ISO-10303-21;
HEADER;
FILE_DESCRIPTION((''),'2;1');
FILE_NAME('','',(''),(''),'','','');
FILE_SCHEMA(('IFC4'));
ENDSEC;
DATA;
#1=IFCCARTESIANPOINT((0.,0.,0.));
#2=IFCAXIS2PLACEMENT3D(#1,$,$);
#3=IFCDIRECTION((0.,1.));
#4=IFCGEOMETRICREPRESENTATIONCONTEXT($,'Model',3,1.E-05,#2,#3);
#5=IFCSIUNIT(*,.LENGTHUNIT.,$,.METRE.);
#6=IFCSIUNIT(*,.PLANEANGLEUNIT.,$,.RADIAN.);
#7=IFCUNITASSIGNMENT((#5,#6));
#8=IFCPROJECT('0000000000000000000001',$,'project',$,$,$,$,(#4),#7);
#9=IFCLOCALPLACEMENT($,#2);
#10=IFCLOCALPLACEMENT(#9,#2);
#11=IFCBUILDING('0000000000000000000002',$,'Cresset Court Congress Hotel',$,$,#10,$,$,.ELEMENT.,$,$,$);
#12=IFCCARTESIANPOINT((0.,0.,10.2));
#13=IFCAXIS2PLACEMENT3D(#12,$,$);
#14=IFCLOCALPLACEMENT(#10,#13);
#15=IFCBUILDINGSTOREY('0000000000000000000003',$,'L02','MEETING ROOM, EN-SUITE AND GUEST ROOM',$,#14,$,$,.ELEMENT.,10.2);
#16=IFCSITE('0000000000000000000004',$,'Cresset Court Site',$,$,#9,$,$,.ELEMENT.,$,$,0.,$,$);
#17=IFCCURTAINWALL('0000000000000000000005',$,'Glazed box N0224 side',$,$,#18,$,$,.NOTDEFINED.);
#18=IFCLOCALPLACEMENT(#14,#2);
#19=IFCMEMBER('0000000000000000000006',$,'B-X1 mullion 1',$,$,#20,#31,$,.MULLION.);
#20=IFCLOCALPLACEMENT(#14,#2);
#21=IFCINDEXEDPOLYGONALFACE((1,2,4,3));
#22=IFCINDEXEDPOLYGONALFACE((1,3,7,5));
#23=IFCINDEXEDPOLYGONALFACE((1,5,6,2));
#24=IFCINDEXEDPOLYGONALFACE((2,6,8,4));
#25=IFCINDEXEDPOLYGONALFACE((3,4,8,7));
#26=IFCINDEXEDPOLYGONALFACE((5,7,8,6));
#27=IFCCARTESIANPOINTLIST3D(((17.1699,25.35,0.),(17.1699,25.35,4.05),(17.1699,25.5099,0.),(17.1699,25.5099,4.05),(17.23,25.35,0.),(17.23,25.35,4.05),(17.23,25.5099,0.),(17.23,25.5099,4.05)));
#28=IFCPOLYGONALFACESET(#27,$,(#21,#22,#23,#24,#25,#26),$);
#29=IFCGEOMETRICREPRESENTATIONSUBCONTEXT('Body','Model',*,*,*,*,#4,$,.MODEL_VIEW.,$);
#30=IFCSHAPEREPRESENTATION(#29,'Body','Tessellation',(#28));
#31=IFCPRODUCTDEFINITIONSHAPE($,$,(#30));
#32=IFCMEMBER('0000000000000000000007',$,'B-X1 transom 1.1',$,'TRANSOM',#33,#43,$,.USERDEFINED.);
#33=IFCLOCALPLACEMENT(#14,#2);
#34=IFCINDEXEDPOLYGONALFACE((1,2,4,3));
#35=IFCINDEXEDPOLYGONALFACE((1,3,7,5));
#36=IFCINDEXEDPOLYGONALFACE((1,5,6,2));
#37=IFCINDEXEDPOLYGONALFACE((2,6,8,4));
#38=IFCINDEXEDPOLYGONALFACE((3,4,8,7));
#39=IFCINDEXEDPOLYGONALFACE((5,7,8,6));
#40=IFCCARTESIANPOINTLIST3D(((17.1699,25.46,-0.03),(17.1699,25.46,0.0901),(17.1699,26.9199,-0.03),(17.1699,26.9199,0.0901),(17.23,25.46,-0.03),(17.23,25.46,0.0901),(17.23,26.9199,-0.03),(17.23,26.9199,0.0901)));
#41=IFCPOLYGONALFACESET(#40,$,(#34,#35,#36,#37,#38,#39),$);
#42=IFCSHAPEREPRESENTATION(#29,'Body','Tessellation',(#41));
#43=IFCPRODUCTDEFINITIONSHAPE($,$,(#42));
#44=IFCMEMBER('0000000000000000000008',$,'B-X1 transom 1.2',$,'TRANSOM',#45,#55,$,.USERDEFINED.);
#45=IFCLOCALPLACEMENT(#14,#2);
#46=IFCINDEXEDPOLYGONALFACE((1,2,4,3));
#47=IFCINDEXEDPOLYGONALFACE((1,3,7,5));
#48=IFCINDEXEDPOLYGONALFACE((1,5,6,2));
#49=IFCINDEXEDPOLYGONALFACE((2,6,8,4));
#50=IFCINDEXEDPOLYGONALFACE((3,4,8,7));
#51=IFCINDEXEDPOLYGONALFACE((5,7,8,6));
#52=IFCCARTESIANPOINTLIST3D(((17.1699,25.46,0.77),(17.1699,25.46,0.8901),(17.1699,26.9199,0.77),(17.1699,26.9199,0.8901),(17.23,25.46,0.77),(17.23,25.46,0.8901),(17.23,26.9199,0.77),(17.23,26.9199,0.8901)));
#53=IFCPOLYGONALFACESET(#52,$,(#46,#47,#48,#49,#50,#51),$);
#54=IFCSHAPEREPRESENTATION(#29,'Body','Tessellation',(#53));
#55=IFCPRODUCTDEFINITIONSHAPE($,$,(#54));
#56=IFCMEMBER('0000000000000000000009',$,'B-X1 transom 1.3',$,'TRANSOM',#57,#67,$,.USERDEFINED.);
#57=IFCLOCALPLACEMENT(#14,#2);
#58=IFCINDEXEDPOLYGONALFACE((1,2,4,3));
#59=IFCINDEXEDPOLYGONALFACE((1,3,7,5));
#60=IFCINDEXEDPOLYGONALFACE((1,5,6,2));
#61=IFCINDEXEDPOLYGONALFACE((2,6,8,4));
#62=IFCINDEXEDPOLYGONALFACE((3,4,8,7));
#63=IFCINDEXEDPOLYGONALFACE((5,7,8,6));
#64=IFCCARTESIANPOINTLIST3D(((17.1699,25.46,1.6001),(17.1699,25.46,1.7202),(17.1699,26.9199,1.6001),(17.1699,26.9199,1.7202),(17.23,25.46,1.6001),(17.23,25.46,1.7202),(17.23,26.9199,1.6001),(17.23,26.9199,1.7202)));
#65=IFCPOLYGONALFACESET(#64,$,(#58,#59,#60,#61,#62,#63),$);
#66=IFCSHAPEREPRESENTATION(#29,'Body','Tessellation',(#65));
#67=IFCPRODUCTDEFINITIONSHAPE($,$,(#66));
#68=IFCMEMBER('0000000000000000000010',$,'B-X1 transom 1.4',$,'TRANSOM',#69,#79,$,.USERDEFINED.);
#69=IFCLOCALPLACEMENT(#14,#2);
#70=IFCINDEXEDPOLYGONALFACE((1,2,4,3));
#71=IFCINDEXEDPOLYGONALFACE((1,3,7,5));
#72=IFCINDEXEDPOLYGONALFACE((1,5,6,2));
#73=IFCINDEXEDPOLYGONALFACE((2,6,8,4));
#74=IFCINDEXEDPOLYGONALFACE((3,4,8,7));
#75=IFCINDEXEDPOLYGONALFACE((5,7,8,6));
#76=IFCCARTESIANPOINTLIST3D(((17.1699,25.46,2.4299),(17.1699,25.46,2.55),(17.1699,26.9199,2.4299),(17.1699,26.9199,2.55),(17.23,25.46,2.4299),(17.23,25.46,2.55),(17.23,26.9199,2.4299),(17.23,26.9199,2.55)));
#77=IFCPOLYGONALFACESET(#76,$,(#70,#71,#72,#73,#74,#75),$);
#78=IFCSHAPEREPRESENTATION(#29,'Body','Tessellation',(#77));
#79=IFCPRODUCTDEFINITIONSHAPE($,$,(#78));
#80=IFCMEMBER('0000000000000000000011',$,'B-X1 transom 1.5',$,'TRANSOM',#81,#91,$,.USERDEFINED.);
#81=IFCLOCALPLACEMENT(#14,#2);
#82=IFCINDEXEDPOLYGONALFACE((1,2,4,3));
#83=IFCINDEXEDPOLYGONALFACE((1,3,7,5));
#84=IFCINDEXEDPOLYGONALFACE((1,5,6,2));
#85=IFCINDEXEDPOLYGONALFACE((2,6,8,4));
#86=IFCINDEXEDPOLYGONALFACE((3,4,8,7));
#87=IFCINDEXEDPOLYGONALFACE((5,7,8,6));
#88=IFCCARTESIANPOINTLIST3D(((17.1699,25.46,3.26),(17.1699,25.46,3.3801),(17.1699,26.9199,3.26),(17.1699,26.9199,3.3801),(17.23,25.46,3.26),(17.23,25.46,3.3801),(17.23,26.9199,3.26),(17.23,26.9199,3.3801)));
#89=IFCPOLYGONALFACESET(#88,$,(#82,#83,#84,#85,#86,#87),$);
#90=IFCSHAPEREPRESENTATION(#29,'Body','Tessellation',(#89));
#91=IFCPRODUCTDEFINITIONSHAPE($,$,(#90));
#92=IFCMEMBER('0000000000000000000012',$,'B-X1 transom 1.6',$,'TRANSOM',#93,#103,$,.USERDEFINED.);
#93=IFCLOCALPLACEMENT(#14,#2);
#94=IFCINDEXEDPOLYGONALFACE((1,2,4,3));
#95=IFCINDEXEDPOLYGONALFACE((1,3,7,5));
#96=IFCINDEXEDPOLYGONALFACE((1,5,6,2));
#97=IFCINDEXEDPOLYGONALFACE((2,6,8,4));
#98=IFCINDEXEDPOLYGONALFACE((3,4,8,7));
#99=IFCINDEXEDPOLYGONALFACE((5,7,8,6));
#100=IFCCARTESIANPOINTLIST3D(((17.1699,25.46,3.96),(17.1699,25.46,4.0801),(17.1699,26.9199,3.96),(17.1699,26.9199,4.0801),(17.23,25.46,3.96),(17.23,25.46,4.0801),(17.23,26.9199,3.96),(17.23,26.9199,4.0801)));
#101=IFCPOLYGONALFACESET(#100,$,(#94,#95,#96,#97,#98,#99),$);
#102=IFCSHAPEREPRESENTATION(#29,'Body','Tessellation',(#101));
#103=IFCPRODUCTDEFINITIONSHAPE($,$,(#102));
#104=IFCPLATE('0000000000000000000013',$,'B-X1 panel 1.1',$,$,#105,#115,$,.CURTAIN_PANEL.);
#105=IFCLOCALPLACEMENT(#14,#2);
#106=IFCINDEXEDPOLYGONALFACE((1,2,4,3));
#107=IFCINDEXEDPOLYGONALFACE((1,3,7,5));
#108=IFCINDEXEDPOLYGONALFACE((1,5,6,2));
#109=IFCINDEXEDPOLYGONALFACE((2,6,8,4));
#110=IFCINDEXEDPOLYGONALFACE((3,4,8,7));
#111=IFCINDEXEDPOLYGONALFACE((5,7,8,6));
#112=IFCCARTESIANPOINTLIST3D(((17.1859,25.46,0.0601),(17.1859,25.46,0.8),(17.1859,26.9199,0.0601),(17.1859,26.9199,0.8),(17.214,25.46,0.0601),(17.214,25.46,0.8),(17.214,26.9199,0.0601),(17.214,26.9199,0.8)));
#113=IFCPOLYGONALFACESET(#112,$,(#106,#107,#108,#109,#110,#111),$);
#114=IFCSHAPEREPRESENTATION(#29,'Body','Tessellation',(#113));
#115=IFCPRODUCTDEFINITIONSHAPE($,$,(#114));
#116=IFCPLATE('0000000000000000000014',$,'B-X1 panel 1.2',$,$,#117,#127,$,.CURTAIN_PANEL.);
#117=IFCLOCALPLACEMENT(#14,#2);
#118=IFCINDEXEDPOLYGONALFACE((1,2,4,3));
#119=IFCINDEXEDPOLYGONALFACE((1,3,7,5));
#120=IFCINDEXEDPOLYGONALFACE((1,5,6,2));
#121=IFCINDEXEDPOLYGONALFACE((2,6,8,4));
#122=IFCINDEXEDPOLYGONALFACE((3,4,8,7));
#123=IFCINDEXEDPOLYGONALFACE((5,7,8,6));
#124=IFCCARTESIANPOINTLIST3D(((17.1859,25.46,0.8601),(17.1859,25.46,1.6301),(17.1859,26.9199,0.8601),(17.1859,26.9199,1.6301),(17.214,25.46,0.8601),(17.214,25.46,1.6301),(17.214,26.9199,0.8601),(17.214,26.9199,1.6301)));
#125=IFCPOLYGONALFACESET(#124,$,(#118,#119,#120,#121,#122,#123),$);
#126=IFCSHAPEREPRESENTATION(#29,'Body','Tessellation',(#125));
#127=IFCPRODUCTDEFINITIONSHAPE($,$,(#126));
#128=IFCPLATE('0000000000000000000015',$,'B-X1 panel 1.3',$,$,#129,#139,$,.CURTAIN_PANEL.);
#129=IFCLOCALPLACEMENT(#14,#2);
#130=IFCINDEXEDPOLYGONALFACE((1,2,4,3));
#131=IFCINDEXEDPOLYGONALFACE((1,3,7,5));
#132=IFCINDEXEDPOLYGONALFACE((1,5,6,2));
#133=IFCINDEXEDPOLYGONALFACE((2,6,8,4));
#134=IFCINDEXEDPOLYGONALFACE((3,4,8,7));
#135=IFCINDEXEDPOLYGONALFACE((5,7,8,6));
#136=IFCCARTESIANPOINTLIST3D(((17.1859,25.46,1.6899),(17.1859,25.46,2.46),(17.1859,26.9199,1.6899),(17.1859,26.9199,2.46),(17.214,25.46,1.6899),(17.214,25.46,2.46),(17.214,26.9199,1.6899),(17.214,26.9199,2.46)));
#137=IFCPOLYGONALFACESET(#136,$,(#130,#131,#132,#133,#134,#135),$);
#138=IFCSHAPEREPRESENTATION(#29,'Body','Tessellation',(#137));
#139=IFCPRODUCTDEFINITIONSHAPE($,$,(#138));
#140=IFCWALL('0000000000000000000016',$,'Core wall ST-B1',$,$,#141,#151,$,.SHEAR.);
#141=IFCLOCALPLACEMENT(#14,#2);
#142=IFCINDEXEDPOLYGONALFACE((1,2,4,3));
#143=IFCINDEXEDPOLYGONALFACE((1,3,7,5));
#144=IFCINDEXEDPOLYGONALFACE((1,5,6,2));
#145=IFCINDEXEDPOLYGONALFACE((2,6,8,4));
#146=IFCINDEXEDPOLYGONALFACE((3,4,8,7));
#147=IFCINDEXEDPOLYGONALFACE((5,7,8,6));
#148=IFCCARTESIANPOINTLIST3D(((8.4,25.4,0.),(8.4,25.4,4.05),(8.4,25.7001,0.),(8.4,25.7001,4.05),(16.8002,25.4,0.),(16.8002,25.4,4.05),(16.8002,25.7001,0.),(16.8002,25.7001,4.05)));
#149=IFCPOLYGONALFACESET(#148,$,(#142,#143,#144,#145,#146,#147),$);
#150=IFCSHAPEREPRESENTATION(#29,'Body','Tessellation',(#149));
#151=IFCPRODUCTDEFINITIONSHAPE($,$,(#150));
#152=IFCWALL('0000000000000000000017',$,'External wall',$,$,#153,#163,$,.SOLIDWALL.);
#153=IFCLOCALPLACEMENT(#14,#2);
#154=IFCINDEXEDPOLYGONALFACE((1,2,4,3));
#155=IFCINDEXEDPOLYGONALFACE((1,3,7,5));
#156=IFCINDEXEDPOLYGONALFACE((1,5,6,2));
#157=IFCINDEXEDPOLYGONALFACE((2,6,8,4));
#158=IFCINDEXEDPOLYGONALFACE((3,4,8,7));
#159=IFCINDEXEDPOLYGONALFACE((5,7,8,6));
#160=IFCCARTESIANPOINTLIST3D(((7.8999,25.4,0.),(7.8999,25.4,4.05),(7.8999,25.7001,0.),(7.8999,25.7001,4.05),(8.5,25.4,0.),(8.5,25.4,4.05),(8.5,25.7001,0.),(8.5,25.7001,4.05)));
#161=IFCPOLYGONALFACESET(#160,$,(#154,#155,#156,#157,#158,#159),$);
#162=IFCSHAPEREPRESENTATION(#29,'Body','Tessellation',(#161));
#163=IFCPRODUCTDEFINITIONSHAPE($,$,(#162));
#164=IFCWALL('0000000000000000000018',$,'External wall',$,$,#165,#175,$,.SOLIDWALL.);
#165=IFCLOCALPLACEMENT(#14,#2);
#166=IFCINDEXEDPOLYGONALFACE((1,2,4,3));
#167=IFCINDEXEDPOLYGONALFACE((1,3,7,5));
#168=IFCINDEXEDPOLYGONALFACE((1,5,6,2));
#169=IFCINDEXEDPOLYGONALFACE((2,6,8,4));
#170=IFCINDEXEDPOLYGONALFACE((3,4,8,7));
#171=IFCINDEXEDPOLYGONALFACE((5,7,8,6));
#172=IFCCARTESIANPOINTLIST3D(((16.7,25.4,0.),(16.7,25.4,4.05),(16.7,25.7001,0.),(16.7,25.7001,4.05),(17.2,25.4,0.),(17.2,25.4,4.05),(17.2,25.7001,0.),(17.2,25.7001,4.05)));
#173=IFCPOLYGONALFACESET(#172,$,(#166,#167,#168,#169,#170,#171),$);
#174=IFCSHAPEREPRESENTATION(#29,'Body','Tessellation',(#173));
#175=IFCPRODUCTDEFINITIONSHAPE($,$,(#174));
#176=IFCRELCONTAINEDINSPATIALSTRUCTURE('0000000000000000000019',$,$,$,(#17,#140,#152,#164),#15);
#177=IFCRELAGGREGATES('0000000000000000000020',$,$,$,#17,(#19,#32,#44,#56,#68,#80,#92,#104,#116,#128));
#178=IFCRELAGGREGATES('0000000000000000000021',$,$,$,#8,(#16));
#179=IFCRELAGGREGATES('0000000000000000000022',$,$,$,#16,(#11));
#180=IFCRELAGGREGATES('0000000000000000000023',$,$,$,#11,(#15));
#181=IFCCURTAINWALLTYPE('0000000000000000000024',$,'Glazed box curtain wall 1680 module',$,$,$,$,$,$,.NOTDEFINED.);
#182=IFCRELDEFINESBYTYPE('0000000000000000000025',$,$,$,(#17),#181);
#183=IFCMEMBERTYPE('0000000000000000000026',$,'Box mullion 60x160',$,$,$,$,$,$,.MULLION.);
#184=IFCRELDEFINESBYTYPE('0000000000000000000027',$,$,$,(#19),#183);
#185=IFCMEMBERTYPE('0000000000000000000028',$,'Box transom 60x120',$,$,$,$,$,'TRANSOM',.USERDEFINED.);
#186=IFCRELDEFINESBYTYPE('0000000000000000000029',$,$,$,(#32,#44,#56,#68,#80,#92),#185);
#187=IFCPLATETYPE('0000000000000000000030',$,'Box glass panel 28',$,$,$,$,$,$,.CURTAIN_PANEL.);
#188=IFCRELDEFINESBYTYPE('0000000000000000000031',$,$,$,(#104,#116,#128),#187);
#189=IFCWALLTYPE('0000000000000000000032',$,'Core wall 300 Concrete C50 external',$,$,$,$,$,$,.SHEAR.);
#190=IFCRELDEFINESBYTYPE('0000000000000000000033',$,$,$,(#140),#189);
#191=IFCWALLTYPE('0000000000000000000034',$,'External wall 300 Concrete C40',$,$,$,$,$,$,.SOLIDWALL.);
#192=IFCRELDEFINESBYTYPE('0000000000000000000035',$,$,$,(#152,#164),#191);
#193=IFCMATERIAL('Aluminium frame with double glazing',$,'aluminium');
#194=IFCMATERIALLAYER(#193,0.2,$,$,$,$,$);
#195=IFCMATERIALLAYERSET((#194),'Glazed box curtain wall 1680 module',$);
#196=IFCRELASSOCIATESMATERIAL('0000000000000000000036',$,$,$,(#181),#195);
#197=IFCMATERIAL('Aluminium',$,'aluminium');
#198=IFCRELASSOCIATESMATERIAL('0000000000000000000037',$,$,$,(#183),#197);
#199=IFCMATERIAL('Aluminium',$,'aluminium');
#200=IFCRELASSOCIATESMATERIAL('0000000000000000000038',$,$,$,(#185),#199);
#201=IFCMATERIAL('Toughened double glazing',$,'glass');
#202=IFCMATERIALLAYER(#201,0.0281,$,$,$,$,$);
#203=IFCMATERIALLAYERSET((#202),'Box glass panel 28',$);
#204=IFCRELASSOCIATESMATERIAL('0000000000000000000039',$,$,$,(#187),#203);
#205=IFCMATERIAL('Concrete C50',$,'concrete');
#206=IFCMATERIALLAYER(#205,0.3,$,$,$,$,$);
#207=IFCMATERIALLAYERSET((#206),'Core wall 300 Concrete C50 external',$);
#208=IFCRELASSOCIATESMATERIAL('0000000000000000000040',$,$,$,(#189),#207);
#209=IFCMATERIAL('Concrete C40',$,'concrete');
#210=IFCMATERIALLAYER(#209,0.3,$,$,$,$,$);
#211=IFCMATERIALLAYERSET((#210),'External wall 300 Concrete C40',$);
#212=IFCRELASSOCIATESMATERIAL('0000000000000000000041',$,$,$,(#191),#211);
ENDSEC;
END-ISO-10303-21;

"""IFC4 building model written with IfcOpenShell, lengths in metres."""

from ifc_helpers import new_model, si_unit, direction, frame, frame_2d, origin, origin_2d, place, context, subcontext, project, spatial, rectangle, extrude, material, layer, layer_set, material_profile, profile_set, type_object, element, aggregate, save


model = new_model("IFC4")

# Units and contexts
model_context = context("Model", 3, precision=1e-05, world=origin(), true_north=direction((0.0, 1.0)))
body_context = subcontext(model_context, "Body", "Model", "MODEL_VIEW")
ifc_project = project(units=[si_unit("LENGTHUNIT", "METRE"), si_unit("PLANEANGLEUNIT", "RADIAN")], contexts=[model_context])

# Site, building, storey
site_placement = place(None, origin())
site = spatial("IfcSite", under=ifc_project, at=site_placement, Name="Cresset Court Site", CompositionType="ELEMENT", RefElevation=0.0)
building_placement = place(site_placement, origin())
building = spatial("IfcBuilding", under=site, at=building_placement, Name="Cresset Court Congress Hotel", CompositionType="ELEMENT")
storey_placement = place(building_placement, frame((0.0, 0.0, 10.2)))
storey = spatial("IfcBuildingStorey", under=building, at=storey_placement, Name="L02", Description="MEETING ROOM, EN-SUITE AND GUEST ROOM", CompositionType="ELEMENT", Elevation=10.2)

# Curtain wall, members, plates
ifc_material_1 = material(Name="Aluminium frame with double glazing", Category="aluminium")
ifc_layer_1 = layer(ifc_material_1, 0.2)
ifc_layer_set_1 = layer_set([ifc_layer_1], Name="Glazed box curtain wall 1680 module")
curtain_wall_type = type_object("IfcCurtainWallType", Name="Glazed box curtain wall 1680 module", PredefinedType="NOTDEFINED", material=ifc_layer_set_1)
curtain_wall_placement = place(storey_placement, origin())
curtain_wall = element("IfcCurtainWall", 1, at=curtain_wall_placement, inside=storey, type_object=curtain_wall_type, Name="Glazed box N0224 side", PredefinedType="NOTDEFINED")
ifc_material_2 = material(Name="Aluminium", Category="aluminium")
ifc_material_profile_1 = material_profile(ifc_material_2, rectangle(XDim=0.0601, YDim=0.1599, at=origin_2d()), Name="Box mullion 60x160")
ifc_profile_set_1 = profile_set([ifc_material_profile_1], Name="Aluminium")
member_type_1 = type_object("IfcMemberType", Name="Box mullion 60x160", PredefinedType="MULLION", material=ifc_profile_set_1)
member_1_placement = place(storey_placement, frame((17.2, 25.4299, 0.0), z_axis=(0.0, 0.0, 1.0), x_axis=(-1.0, 0.0, 0.0)))
member_1 = element("IfcMember", 2, at=member_1_placement, type_object=member_type_1, Name="B-X1 mullion 1", PredefinedType="MULLION", context=body_context, shape_type="SweptSolid", body=[
    extrude(rectangle(XDim=0.0601, YDim=0.1599, at=origin_2d()), origin(), (0.0, 0.0, 1.0), 4.05),
])
ifc_material_3 = material(Name="Aluminium", Category="aluminium")
ifc_material_profile_2 = material_profile(ifc_material_3, rectangle(XDim=0.0601, YDim=0.1201, at=origin_2d()), Name="Box transom 60x120")
ifc_profile_set_2 = profile_set([ifc_material_profile_2], Name="Aluminium")
member_type_2 = type_object("IfcMemberType", Name="Box transom 60x120", ElementType="TRANSOM", PredefinedType="USERDEFINED", material=ifc_profile_set_2)
member_2_placement = place(storey_placement, frame((17.2, 25.46, 0.03), z_axis=(0.0, 1.0, 0.0), x_axis=(-1.0, 0.0, 0.0)))
member_2 = element("IfcMember", 3, at=member_2_placement, type_object=member_type_2, Name="B-X1 transom 1.1", ObjectType="TRANSOM", PredefinedType="USERDEFINED", context=body_context, shape_type="SweptSolid", body=[
    extrude(rectangle(XDim=0.0601, YDim=0.1201, at=origin_2d()), origin(), (0.0, 0.0, 1.0), 1.46),
])
member_3_placement = place(storey_placement, frame((17.2, 25.46, 0.8301), z_axis=(0.0, 1.0, 0.0), x_axis=(-1.0, 0.0, 0.0)))
member_3 = element("IfcMember", 4, at=member_3_placement, type_object=member_type_2, Name="B-X1 transom 1.2", ObjectType="TRANSOM", PredefinedType="USERDEFINED", context=body_context, shape_type="SweptSolid", body=[
    extrude(rectangle(XDim=0.0601, YDim=0.1201, at=origin_2d()), origin(), (0.0, 0.0, 1.0), 1.46),
])
member_4_placement = place(storey_placement, frame((17.2, 25.46, 1.6602), z_axis=(0.0, 1.0, 0.0), x_axis=(-1.0, 0.0, 0.0)))
member_4 = element("IfcMember", 5, at=member_4_placement, type_object=member_type_2, Name="B-X1 transom 1.3", ObjectType="TRANSOM", PredefinedType="USERDEFINED", context=body_context, shape_type="SweptSolid", body=[
    extrude(rectangle(XDim=0.0601, YDim=0.1201, at=origin_2d()), origin(), (0.0, 0.0, 1.0), 1.46),
])
member_5_placement = place(storey_placement, frame((17.2, 25.46, 2.49), z_axis=(0.0, 1.0, 0.0), x_axis=(-1.0, 0.0, 0.0)))
member_5 = element("IfcMember", 6, at=member_5_placement, type_object=member_type_2, Name="B-X1 transom 1.4", ObjectType="TRANSOM", PredefinedType="USERDEFINED", context=body_context, shape_type="SweptSolid", body=[
    extrude(rectangle(XDim=0.0601, YDim=0.1201, at=origin_2d()), origin(), (0.0, 0.0, 1.0), 1.46),
])
member_6_placement = place(storey_placement, frame((17.2, 25.46, 3.3201), z_axis=(0.0, 1.0, 0.0), x_axis=(-1.0, 0.0, 0.0)))
member_6 = element("IfcMember", 7, at=member_6_placement, type_object=member_type_2, Name="B-X1 transom 1.5", ObjectType="TRANSOM", PredefinedType="USERDEFINED", context=body_context, shape_type="SweptSolid", body=[
    extrude(rectangle(XDim=0.0601, YDim=0.1201, at=origin_2d()), origin(), (0.0, 0.0, 1.0), 1.46),
])
member_7_placement = place(storey_placement, frame((17.2, 25.46, 4.02), z_axis=(0.0, 1.0, 0.0), x_axis=(-1.0, 0.0, 0.0)))
member_7 = element("IfcMember", 8, at=member_7_placement, type_object=member_type_2, Name="B-X1 transom 1.6", ObjectType="TRANSOM", PredefinedType="USERDEFINED", context=body_context, shape_type="SweptSolid", body=[
    extrude(rectangle(XDim=0.0601, YDim=0.1201, at=origin_2d()), origin(), (0.0, 0.0, 1.0), 1.46),
])
ifc_material_4 = material(Name="Toughened double glazing", Category="glass")
ifc_layer_2 = layer(ifc_material_4, 0.0281)
ifc_layer_set_2 = layer_set([ifc_layer_2], Name="Box glass panel 28")
plate_type = type_object("IfcPlateType", Name="Box glass panel 28", PredefinedType="CURTAIN_PANEL", material=ifc_layer_set_2)
plate_1_placement = place(storey_placement, frame((17.2, 26.1899, 0.0601), z_axis=(0.0, 0.0, 1.0), x_axis=(0.0, 1.0, 0.0)))
plate_1 = element("IfcPlate", 9, at=plate_1_placement, type_object=plate_type, Name="B-X1 panel 1.1", PredefinedType="CURTAIN_PANEL", context=body_context, shape_type="SweptSolid", body=[
    extrude(rectangle(XDim=1.46, YDim=0.0281, at=origin_2d()), origin(), (0.0, 0.0, 1.0), 0.74),
])
plate_2_placement = place(storey_placement, frame((17.2, 26.1899, 0.8601), z_axis=(0.0, 0.0, 1.0), x_axis=(0.0, 1.0, 0.0)))
plate_2 = element("IfcPlate", 10, at=plate_2_placement, type_object=plate_type, Name="B-X1 panel 1.2", PredefinedType="CURTAIN_PANEL", context=body_context, shape_type="SweptSolid", body=[
    extrude(rectangle(XDim=1.46, YDim=0.0281, at=origin_2d()), origin(), (0.0, 0.0, 1.0), 0.77),
])
plate_3_placement = place(storey_placement, frame((17.2, 26.1899, 1.6899), z_axis=(0.0, 0.0, 1.0), x_axis=(0.0, 1.0, 0.0)))
plate_3 = element("IfcPlate", 11, at=plate_3_placement, type_object=plate_type, Name="B-X1 panel 1.3", PredefinedType="CURTAIN_PANEL", context=body_context, shape_type="SweptSolid", body=[
    extrude(rectangle(XDim=1.46, YDim=0.0281, at=origin_2d()), origin(), (0.0, 0.0, 1.0), 0.77),
])
aggregate(curtain_wall, [member_1, member_2, member_3, member_4, member_5, member_6, member_7, plate_1, plate_2, plate_3])

# Walls
ifc_material_5 = material(Name="Concrete C50", Category="concrete")
ifc_layer_3 = layer(ifc_material_5, 0.3)
ifc_layer_set_3 = layer_set([ifc_layer_3], Name="Core wall 300 Concrete C50 external")
wall_type_1 = type_object("IfcWallType", Name="Core wall 300 Concrete C50 external", PredefinedType="SHEAR", material=ifc_layer_set_3)
wall_1_placement = place(storey_placement, frame((8.3999, 25.55, 0.0), z_axis=(0.0, 0.0, 1.0), x_axis=(1.0, 0.0, 0.0)))
element("IfcWall", 12, at=wall_1_placement, inside=storey, type_object=wall_type_1, Name="Core wall ST-B1", PredefinedType="SHEAR", context=body_context, shape_type="SweptSolid", body=[
    extrude(rectangle(XDim=8.4001, YDim=0.3, at=frame_2d((4.2002, 0.0))), origin(), (0.0, 0.0, 1.0), 4.05),
])
ifc_material_6 = material(Name="Concrete C40", Category="concrete")
ifc_layer_4 = layer(ifc_material_6, 0.3)
ifc_layer_set_4 = layer_set([ifc_layer_4], Name="External wall 300 Concrete C40")
wall_type_2 = type_object("IfcWallType", Name="External wall 300 Concrete C40", PredefinedType="SOLIDWALL", material=ifc_layer_set_4)
wall_2_placement = place(storey_placement, frame((7.8999, 25.55, 0.0), z_axis=(0.0, 0.0, 1.0), x_axis=(1.0, 0.0, 0.0)))
element("IfcWall", 13, at=wall_2_placement, inside=storey, type_object=wall_type_2, Name="External wall", PredefinedType="SOLIDWALL", context=body_context, shape_type="SweptSolid", body=[
    extrude(rectangle(XDim=0.6001, YDim=0.3, at=frame_2d((0.3, 0.0))), origin(), (0.0, 0.0, 1.0), 4.05),
])
wall_3_placement = place(storey_placement, frame((16.7, 25.55, 0.0), z_axis=(0.0, 0.0, 1.0), x_axis=(1.0, 0.0, 0.0)))
element("IfcWall", 14, at=wall_3_placement, inside=storey, type_object=wall_type_2, Name="External wall", PredefinedType="SOLIDWALL", context=body_context, shape_type="SweptSolid", body=[
    extrude(rectangle(XDim=0.5, YDim=0.3, at=frame_2d((0.25, 0.0))), origin(), (0.0, 0.0, 1.0), 4.05),
])

save(model, "model.ifc")
